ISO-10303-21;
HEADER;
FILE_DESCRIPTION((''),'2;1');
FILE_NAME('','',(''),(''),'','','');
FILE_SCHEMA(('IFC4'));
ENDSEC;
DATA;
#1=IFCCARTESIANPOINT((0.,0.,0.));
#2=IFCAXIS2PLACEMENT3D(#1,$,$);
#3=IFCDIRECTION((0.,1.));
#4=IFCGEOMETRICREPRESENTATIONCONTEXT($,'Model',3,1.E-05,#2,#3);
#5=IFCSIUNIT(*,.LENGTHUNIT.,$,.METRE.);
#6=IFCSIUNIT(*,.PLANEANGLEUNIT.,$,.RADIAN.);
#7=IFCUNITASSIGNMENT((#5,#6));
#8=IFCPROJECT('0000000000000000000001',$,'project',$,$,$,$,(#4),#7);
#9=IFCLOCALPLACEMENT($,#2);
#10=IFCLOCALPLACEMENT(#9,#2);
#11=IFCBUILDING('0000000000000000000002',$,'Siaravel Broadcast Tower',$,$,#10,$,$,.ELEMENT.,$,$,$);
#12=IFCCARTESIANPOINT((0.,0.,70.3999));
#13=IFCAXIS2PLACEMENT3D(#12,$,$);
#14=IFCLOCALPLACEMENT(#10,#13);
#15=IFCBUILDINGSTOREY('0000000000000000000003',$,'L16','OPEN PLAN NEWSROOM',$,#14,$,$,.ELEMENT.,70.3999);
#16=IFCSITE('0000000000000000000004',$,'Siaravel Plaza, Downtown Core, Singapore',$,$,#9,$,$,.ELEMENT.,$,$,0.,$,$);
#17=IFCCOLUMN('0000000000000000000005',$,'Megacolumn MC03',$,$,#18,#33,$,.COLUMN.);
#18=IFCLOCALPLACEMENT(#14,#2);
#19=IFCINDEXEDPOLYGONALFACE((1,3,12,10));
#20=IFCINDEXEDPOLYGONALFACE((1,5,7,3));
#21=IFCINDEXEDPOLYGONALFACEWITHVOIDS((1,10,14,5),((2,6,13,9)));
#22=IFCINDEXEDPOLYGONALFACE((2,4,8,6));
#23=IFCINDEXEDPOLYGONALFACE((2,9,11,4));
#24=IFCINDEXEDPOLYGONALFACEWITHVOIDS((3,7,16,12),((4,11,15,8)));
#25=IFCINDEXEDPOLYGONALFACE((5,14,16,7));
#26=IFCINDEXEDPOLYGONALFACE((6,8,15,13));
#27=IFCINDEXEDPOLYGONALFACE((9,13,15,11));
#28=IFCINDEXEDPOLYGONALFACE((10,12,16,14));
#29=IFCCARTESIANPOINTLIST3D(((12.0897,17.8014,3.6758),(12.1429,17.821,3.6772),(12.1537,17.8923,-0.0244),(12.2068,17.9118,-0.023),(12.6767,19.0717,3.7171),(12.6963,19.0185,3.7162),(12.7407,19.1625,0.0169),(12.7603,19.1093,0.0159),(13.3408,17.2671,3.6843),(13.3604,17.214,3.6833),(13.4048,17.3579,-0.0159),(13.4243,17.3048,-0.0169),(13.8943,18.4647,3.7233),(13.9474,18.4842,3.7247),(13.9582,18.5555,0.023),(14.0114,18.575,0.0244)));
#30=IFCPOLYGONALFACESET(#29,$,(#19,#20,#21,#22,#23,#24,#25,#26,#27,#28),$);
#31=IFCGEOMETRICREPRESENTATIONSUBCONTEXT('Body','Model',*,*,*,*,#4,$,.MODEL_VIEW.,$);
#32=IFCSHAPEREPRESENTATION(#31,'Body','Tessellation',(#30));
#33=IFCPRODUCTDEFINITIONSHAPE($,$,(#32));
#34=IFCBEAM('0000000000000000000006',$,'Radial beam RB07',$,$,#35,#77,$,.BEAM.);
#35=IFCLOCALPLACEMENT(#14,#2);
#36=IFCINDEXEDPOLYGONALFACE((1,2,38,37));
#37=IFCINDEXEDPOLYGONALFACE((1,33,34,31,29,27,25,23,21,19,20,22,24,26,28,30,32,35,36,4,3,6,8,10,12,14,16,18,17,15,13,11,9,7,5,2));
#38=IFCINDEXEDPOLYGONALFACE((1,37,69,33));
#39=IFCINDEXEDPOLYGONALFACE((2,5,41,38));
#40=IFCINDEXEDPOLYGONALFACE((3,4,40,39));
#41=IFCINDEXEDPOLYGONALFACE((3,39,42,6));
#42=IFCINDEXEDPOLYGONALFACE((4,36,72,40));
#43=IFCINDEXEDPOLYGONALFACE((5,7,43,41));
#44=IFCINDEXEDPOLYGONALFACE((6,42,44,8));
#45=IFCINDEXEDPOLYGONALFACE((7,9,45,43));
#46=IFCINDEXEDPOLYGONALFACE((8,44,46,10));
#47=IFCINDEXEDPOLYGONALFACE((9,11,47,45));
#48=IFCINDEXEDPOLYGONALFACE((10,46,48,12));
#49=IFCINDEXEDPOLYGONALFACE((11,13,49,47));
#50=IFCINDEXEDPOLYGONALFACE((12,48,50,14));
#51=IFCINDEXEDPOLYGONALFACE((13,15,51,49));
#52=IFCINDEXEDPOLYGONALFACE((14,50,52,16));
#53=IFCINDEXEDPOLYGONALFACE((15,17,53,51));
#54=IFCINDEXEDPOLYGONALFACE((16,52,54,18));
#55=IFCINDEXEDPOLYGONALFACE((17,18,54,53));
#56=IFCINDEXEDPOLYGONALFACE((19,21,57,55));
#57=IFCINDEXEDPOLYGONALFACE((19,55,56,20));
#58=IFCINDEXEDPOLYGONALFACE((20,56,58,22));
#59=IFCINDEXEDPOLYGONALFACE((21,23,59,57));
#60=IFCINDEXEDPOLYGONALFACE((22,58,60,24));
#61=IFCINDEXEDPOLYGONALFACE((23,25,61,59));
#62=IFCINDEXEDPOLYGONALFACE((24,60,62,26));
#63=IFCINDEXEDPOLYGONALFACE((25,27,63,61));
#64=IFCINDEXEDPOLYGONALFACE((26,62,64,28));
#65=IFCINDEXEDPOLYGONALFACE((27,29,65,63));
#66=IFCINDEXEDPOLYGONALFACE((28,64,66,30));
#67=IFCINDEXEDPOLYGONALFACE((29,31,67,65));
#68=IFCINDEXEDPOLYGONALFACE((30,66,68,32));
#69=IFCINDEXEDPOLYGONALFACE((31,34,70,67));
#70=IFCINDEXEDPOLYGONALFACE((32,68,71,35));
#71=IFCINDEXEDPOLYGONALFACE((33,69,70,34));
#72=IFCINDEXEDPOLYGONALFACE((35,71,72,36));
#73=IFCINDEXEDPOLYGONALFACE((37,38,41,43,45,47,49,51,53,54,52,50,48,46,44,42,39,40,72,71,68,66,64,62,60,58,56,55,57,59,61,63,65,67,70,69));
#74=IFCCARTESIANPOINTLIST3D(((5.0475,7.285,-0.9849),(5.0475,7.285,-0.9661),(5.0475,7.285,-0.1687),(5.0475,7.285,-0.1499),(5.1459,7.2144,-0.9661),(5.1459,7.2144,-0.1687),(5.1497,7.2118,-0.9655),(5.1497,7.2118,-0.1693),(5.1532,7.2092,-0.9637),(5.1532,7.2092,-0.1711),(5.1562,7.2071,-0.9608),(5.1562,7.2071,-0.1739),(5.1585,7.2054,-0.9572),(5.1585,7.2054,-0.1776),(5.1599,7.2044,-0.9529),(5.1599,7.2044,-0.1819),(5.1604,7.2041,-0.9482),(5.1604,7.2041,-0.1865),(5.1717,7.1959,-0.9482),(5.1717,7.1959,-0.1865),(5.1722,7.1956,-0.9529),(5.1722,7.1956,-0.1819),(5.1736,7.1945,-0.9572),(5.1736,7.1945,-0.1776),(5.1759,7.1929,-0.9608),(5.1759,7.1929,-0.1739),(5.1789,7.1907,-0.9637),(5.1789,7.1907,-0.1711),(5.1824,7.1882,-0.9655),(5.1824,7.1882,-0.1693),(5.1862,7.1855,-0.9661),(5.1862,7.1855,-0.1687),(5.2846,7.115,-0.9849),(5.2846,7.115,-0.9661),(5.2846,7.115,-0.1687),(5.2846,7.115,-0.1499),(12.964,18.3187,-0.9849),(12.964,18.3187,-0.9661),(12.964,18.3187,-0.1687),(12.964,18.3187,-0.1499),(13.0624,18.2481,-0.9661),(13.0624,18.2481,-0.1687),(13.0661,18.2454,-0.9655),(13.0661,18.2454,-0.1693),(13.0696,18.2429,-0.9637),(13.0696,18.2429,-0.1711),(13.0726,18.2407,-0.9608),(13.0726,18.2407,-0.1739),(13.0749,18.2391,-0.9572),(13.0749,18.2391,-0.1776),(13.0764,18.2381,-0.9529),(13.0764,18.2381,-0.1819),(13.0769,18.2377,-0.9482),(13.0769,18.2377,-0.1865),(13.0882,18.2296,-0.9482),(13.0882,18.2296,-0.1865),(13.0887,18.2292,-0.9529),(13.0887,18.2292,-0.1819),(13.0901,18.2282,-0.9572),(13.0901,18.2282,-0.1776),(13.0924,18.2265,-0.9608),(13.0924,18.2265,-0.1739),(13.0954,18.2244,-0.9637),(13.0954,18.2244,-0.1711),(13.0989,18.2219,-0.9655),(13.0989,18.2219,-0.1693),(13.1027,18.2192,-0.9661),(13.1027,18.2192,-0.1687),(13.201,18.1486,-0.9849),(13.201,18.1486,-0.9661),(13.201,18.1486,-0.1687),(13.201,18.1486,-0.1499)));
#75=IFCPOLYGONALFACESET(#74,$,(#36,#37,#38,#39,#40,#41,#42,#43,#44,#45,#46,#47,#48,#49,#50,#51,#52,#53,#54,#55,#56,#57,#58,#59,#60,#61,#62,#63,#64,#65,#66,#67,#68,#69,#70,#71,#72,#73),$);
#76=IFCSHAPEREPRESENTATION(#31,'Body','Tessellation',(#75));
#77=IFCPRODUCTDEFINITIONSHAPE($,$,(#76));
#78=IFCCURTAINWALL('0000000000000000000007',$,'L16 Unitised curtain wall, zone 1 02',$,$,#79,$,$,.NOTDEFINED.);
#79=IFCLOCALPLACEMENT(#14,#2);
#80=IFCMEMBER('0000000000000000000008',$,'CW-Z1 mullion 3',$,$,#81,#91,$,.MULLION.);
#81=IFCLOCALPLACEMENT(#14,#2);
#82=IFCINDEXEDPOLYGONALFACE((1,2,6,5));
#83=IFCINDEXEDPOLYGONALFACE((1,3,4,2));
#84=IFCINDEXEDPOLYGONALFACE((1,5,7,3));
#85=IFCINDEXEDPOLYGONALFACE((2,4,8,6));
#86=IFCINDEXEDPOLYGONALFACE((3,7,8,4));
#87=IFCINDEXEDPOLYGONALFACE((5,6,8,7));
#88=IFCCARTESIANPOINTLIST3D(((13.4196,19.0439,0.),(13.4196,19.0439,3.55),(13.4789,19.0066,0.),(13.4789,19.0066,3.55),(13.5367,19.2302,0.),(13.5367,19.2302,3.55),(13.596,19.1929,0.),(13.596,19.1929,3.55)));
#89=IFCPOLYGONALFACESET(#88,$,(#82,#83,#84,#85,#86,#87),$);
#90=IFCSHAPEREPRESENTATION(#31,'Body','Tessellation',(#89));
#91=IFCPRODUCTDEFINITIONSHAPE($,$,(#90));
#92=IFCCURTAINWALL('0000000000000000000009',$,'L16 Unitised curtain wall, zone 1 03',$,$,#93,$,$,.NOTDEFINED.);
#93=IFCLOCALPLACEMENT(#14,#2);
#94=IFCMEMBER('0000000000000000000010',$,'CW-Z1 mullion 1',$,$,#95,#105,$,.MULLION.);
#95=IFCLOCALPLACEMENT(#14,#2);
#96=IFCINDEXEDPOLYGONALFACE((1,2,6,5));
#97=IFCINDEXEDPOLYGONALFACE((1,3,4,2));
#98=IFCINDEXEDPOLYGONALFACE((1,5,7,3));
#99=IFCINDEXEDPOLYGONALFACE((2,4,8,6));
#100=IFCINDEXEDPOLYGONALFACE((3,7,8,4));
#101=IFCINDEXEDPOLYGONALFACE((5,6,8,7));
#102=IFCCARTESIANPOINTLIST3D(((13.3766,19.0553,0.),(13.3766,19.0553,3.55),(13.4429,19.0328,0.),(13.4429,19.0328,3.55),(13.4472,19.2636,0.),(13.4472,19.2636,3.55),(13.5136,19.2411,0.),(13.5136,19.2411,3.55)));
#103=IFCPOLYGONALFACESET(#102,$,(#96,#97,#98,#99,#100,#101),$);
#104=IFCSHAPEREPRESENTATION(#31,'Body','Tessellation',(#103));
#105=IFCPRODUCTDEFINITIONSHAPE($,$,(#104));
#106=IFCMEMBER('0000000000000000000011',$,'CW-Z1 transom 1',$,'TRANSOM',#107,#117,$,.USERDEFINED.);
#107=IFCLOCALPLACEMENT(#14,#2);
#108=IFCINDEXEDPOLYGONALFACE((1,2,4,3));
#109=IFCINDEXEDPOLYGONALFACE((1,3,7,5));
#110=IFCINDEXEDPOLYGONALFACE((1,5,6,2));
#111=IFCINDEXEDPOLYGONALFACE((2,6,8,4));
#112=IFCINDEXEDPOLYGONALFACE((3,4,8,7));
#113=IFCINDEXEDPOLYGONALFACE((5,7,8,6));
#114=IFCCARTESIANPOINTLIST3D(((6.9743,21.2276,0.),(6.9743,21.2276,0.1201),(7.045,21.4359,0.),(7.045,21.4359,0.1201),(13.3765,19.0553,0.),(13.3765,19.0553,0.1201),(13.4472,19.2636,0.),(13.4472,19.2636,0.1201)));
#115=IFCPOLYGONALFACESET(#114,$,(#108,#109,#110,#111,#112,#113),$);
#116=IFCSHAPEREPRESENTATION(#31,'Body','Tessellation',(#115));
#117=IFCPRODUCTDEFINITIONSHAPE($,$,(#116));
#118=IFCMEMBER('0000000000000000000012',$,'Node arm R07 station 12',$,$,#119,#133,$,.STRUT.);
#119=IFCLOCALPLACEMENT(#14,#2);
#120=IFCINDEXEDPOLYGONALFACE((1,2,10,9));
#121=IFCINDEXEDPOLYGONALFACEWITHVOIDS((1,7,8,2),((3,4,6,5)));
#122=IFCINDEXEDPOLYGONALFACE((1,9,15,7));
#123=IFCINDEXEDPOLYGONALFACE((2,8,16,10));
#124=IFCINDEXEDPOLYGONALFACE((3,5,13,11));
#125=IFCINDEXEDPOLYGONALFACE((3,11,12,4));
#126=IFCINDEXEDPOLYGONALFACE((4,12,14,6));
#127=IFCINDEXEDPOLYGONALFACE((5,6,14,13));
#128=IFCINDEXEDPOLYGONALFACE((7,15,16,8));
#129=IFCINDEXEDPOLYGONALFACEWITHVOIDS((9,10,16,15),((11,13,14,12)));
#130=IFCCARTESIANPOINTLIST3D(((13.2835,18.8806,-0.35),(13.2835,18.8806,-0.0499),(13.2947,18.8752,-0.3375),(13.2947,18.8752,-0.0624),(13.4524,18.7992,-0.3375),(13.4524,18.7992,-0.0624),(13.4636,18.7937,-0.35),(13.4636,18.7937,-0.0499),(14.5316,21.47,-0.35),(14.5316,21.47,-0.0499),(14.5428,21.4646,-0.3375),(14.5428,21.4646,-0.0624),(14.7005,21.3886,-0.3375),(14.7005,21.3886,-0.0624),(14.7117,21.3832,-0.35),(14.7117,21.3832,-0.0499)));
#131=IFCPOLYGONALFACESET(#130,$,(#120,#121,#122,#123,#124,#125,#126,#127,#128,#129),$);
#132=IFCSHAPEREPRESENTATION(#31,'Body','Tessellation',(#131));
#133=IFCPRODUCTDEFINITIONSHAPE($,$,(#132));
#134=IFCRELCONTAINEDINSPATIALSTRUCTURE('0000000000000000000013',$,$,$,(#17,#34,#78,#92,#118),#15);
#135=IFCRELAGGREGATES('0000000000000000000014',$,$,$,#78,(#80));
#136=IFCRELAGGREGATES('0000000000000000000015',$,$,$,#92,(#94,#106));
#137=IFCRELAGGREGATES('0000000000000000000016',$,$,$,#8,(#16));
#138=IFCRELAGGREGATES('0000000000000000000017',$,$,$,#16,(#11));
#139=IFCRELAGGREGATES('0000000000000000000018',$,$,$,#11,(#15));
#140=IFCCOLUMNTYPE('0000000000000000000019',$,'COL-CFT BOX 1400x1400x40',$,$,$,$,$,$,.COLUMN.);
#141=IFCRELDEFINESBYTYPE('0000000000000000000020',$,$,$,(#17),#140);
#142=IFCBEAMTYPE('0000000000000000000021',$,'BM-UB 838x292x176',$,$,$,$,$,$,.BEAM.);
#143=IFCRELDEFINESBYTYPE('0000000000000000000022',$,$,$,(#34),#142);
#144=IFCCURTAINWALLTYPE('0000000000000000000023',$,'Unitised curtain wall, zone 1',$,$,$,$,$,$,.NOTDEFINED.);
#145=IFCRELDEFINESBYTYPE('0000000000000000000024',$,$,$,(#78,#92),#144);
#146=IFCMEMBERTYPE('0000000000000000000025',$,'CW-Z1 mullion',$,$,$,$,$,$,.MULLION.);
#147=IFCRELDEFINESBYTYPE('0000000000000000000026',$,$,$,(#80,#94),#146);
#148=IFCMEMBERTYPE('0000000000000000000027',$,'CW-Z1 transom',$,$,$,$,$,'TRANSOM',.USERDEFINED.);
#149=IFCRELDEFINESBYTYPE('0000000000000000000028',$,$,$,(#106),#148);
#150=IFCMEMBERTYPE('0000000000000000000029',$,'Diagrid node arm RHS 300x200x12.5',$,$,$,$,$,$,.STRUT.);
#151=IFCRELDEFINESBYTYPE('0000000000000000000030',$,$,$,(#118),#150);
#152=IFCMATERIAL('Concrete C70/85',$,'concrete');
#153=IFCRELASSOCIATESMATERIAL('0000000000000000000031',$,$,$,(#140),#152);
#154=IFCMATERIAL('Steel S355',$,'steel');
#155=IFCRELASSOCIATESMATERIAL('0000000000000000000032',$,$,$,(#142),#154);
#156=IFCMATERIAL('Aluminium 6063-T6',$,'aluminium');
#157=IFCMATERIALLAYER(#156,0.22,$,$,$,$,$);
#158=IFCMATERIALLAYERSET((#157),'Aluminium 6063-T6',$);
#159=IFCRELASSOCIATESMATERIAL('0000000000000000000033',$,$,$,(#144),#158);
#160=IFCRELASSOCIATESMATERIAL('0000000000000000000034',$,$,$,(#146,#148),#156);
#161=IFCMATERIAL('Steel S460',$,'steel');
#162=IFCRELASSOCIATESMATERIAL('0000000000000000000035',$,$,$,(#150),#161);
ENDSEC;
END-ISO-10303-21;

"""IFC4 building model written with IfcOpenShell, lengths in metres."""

from ifc_helpers import new_model, si_unit, direction, frame, origin, origin_2d, place, context, subcontext, project, spatial, rectangle, hollow_rectangle, i_section, extrude, material, layer, layer_set, material_profile, profile_set, type_object, element, aggregate, save


model = new_model("IFC4")

# Units and contexts
model_context = context("Model", 3, precision=1e-05, world=origin(), true_north=direction((0.0, 1.0)))
body_context = subcontext(model_context, "Body", "Model", "MODEL_VIEW")
ifc_project = project(units=[si_unit("LENGTHUNIT", "METRE"), si_unit("PLANEANGLEUNIT", "RADIAN")], contexts=[model_context])

# Site, building, storey
site_placement = place(None, origin())
site = spatial("IfcSite", under=ifc_project, at=site_placement, Name="Siaravel Plaza, Downtown Core, Singapore", CompositionType="ELEMENT", RefElevation=0.0)
building_placement = place(site_placement, origin())
building = spatial("IfcBuilding", under=site, at=building_placement, Name="Siaravel Broadcast Tower", CompositionType="ELEMENT")
storey_placement = place(building_placement, frame((0.0, 0.0, 70.3999)))
storey = spatial("IfcBuildingStorey", under=building, at=storey_placement, Name="L16", Description="OPEN PLAN NEWSROOM", CompositionType="ELEMENT", Elevation=70.3999)

# Column
ifc_material_1 = material(Name="Concrete C70/85", Category="concrete")
ifc_material_profile_1 = material_profile(ifc_material_1, hollow_rectangle(XDim=1.3999, YDim=1.3999, WallThickness=0.04, at=origin_2d()))
ifc_profile_set_1 = profile_set([ifc_material_profile_1], Name="Concrete C70/85")
column_type = type_object("IfcColumnType", Name="COL-CFT BOX 1400x1400x40", PredefinedType="COLUMN", material=ifc_profile_set_1)
column_placement = place(storey_placement, frame((13.0825, 18.2336, 0.0), z_axis=(-0.017279, -0.024534, 0.99955), x_axis=(0.907672, -0.419646, 0.005391)))
element("IfcColumn", 1, at=column_placement, inside=storey, type_object=column_type, Name="Megacolumn MC03", PredefinedType="COLUMN", context=body_context, shape_type="SweptSolid", body=[
    extrude(hollow_rectangle(XDim=1.3999, YDim=1.3999, WallThickness=0.04, at=origin_2d()), origin(), (0.0, 0.0, 1.0), 3.7019),
])

# Beam
ifc_material_2 = material(Name="Steel S355", Category="steel")
ifc_material_profile_2 = material_profile(ifc_material_2, i_section(OverallWidth=0.2917, OverallDepth=0.835, WebThickness=0.0139, FlangeThickness=0.0188, FilletRadius=0.0178, at=origin_2d()))
ifc_profile_set_2 = profile_set([ifc_material_profile_2], Name="Steel S355")
beam_type = type_object("IfcBeamType", Name="BM-UB 838x292x176", PredefinedType="BEAM", material=ifc_profile_set_2)
beam_placement = place(storey_placement, frame((13.0825, 18.2336, -0.5674), z_axis=(-0.582958, -0.812502, 0.0), x_axis=(0.812502, -0.582958, 0.0)))
element("IfcBeam", 2, at=beam_placement, inside=storey, type_object=beam_type, Name="Radial beam RB07", PredefinedType="BEAM", context=body_context, shape_type="SweptSolid", body=[
    extrude(i_section(OverallWidth=0.2917, OverallDepth=0.835, WebThickness=0.0139, FlangeThickness=0.0188, FilletRadius=0.0178, at=origin_2d()), origin(), (0.0, 0.0, 1.0), 13.5798),
])

# Curtain wall, member
ifc_material_3 = material(Name="Aluminium 6063-T6", Category="aluminium")
ifc_layer_1 = layer(ifc_material_3, 0.22)
ifc_layer_set_1 = layer_set([ifc_layer_1], Name="Aluminium 6063-T6")
curtain_wall_type = type_object("IfcCurtainWallType", Name="Unitised curtain wall, zone 1", PredefinedType="NOTDEFINED", material=ifc_layer_set_1)
curtain_wall_1_placement = place(storey_placement, origin())
curtain_wall_1 = element("IfcCurtainWall", 3, at=curtain_wall_1_placement, inside=storey, type_object=curtain_wall_type, Name="L16 Unitised curtain wall, zone 1 02", PredefinedType="NOTDEFINED")
ifc_material_profile_3 = material_profile(ifc_material_3, rectangle(XDim=0.22, YDim=0.0701, at=origin_2d()))
ifc_profile_set_3 = profile_set([ifc_material_profile_3], Name="Aluminium 6063-T6")
member_type_1 = type_object("IfcMemberType", Name="CW-Z1 mullion", PredefinedType="MULLION", material=ifc_profile_set_3)
member_1_placement = place(storey_placement, frame((13.5078, 19.1184, 0.0), z_axis=(0.0, 0.0, 1.0), x_axis=(-0.53215, -0.84665, 0.0)))
member_1 = element("IfcMember", 4, at=member_1_placement, type_object=member_type_1, Name="CW-Z1 mullion 3", PredefinedType="MULLION", context=body_context, shape_type="SweptSolid", body=[
    extrude(rectangle(XDim=0.22, YDim=0.0701, at=origin_2d()), origin(), (0.0, 0.0, 1.0), 3.55),
])
aggregate(curtain_wall_1, [member_1])

# Curtain wall, members
curtain_wall_2_placement = place(storey_placement, origin())
curtain_wall_2 = element("IfcCurtainWall", 5, at=curtain_wall_2_placement, inside=storey, type_object=curtain_wall_type, Name="L16 Unitised curtain wall, zone 1 03", PredefinedType="NOTDEFINED")
member_2_placement = place(storey_placement, frame((13.4451, 19.1482, 0.0), z_axis=(0.0, 0.0, 1.0), x_axis=(-0.321301, -0.946977, 0.0)))
member_2 = element("IfcMember", 6, at=member_2_placement, type_object=member_type_1, Name="CW-Z1 mullion 1", PredefinedType="MULLION", context=body_context, shape_type="SweptSolid", body=[
    extrude(rectangle(XDim=0.22, YDim=0.0701, at=origin_2d()), origin(), (0.0, 0.0, 1.0), 3.55),
])
ifc_material_profile_4 = material_profile(ifc_material_3, rectangle(XDim=0.22, YDim=0.1201, at=origin_2d()))
ifc_profile_set_4 = profile_set([ifc_material_profile_4], Name="Aluminium 6063-T6")
member_type_2 = type_object("IfcMemberType", Name="CW-Z1 transom", ElementType="TRANSOM", PredefinedType="USERDEFINED", material=ifc_profile_set_4)
member_3_placement = place(storey_placement, frame((13.4119, 19.1594, 0.0601), z_axis=(-0.946972, 0.321315, 0.0), x_axis=(-0.321315, -0.946972, 0.0)))
member_3 = element("IfcMember", 7, at=member_3_placement, type_object=member_type_2, Name="CW-Z1 transom 1", ObjectType="TRANSOM", PredefinedType="USERDEFINED", context=body_context, shape_type="SweptSolid", body=[
    extrude(rectangle(XDim=0.22, YDim=0.1201, at=origin_2d()), origin(), (0.0, 0.0, 1.0), 6.7607),
])
aggregate(curtain_wall_2, [member_2, member_3])

# Member
ifc_material_4 = material(Name="Steel S460", Category="steel")
ifc_material_profile_5 = material_profile(ifc_material_4, hollow_rectangle(XDim=0.2, YDim=0.3, WallThickness=0.0125, at=origin_2d()))
ifc_profile_set_5 = profile_set([ifc_material_profile_5], Name="Steel S460")
member_type_3 = type_object("IfcMemberType", Name="Diagrid node arm RHS 300x200x12.5", PredefinedType="STRUT", material=ifc_profile_set_5)
member_4_placement = place(storey_placement, frame((13.3735, 18.8372, -0.2), z_axis=(0.434188, 0.900822, 0.0), x_axis=(-0.900822, 0.434188, 0.0)))
element("IfcMember", 8, at=member_4_placement, inside=storey, type_object=member_type_3, Name="Node arm R07 station 12", PredefinedType="STRUT", context=body_context, shape_type="SweptSolid", body=[
    extrude(hollow_rectangle(XDim=0.2, YDim=0.3, WallThickness=0.0125, at=origin_2d()), origin(), (0.0, 0.0, 1.0), 2.8745),
])

save(model, "model.ifc")
